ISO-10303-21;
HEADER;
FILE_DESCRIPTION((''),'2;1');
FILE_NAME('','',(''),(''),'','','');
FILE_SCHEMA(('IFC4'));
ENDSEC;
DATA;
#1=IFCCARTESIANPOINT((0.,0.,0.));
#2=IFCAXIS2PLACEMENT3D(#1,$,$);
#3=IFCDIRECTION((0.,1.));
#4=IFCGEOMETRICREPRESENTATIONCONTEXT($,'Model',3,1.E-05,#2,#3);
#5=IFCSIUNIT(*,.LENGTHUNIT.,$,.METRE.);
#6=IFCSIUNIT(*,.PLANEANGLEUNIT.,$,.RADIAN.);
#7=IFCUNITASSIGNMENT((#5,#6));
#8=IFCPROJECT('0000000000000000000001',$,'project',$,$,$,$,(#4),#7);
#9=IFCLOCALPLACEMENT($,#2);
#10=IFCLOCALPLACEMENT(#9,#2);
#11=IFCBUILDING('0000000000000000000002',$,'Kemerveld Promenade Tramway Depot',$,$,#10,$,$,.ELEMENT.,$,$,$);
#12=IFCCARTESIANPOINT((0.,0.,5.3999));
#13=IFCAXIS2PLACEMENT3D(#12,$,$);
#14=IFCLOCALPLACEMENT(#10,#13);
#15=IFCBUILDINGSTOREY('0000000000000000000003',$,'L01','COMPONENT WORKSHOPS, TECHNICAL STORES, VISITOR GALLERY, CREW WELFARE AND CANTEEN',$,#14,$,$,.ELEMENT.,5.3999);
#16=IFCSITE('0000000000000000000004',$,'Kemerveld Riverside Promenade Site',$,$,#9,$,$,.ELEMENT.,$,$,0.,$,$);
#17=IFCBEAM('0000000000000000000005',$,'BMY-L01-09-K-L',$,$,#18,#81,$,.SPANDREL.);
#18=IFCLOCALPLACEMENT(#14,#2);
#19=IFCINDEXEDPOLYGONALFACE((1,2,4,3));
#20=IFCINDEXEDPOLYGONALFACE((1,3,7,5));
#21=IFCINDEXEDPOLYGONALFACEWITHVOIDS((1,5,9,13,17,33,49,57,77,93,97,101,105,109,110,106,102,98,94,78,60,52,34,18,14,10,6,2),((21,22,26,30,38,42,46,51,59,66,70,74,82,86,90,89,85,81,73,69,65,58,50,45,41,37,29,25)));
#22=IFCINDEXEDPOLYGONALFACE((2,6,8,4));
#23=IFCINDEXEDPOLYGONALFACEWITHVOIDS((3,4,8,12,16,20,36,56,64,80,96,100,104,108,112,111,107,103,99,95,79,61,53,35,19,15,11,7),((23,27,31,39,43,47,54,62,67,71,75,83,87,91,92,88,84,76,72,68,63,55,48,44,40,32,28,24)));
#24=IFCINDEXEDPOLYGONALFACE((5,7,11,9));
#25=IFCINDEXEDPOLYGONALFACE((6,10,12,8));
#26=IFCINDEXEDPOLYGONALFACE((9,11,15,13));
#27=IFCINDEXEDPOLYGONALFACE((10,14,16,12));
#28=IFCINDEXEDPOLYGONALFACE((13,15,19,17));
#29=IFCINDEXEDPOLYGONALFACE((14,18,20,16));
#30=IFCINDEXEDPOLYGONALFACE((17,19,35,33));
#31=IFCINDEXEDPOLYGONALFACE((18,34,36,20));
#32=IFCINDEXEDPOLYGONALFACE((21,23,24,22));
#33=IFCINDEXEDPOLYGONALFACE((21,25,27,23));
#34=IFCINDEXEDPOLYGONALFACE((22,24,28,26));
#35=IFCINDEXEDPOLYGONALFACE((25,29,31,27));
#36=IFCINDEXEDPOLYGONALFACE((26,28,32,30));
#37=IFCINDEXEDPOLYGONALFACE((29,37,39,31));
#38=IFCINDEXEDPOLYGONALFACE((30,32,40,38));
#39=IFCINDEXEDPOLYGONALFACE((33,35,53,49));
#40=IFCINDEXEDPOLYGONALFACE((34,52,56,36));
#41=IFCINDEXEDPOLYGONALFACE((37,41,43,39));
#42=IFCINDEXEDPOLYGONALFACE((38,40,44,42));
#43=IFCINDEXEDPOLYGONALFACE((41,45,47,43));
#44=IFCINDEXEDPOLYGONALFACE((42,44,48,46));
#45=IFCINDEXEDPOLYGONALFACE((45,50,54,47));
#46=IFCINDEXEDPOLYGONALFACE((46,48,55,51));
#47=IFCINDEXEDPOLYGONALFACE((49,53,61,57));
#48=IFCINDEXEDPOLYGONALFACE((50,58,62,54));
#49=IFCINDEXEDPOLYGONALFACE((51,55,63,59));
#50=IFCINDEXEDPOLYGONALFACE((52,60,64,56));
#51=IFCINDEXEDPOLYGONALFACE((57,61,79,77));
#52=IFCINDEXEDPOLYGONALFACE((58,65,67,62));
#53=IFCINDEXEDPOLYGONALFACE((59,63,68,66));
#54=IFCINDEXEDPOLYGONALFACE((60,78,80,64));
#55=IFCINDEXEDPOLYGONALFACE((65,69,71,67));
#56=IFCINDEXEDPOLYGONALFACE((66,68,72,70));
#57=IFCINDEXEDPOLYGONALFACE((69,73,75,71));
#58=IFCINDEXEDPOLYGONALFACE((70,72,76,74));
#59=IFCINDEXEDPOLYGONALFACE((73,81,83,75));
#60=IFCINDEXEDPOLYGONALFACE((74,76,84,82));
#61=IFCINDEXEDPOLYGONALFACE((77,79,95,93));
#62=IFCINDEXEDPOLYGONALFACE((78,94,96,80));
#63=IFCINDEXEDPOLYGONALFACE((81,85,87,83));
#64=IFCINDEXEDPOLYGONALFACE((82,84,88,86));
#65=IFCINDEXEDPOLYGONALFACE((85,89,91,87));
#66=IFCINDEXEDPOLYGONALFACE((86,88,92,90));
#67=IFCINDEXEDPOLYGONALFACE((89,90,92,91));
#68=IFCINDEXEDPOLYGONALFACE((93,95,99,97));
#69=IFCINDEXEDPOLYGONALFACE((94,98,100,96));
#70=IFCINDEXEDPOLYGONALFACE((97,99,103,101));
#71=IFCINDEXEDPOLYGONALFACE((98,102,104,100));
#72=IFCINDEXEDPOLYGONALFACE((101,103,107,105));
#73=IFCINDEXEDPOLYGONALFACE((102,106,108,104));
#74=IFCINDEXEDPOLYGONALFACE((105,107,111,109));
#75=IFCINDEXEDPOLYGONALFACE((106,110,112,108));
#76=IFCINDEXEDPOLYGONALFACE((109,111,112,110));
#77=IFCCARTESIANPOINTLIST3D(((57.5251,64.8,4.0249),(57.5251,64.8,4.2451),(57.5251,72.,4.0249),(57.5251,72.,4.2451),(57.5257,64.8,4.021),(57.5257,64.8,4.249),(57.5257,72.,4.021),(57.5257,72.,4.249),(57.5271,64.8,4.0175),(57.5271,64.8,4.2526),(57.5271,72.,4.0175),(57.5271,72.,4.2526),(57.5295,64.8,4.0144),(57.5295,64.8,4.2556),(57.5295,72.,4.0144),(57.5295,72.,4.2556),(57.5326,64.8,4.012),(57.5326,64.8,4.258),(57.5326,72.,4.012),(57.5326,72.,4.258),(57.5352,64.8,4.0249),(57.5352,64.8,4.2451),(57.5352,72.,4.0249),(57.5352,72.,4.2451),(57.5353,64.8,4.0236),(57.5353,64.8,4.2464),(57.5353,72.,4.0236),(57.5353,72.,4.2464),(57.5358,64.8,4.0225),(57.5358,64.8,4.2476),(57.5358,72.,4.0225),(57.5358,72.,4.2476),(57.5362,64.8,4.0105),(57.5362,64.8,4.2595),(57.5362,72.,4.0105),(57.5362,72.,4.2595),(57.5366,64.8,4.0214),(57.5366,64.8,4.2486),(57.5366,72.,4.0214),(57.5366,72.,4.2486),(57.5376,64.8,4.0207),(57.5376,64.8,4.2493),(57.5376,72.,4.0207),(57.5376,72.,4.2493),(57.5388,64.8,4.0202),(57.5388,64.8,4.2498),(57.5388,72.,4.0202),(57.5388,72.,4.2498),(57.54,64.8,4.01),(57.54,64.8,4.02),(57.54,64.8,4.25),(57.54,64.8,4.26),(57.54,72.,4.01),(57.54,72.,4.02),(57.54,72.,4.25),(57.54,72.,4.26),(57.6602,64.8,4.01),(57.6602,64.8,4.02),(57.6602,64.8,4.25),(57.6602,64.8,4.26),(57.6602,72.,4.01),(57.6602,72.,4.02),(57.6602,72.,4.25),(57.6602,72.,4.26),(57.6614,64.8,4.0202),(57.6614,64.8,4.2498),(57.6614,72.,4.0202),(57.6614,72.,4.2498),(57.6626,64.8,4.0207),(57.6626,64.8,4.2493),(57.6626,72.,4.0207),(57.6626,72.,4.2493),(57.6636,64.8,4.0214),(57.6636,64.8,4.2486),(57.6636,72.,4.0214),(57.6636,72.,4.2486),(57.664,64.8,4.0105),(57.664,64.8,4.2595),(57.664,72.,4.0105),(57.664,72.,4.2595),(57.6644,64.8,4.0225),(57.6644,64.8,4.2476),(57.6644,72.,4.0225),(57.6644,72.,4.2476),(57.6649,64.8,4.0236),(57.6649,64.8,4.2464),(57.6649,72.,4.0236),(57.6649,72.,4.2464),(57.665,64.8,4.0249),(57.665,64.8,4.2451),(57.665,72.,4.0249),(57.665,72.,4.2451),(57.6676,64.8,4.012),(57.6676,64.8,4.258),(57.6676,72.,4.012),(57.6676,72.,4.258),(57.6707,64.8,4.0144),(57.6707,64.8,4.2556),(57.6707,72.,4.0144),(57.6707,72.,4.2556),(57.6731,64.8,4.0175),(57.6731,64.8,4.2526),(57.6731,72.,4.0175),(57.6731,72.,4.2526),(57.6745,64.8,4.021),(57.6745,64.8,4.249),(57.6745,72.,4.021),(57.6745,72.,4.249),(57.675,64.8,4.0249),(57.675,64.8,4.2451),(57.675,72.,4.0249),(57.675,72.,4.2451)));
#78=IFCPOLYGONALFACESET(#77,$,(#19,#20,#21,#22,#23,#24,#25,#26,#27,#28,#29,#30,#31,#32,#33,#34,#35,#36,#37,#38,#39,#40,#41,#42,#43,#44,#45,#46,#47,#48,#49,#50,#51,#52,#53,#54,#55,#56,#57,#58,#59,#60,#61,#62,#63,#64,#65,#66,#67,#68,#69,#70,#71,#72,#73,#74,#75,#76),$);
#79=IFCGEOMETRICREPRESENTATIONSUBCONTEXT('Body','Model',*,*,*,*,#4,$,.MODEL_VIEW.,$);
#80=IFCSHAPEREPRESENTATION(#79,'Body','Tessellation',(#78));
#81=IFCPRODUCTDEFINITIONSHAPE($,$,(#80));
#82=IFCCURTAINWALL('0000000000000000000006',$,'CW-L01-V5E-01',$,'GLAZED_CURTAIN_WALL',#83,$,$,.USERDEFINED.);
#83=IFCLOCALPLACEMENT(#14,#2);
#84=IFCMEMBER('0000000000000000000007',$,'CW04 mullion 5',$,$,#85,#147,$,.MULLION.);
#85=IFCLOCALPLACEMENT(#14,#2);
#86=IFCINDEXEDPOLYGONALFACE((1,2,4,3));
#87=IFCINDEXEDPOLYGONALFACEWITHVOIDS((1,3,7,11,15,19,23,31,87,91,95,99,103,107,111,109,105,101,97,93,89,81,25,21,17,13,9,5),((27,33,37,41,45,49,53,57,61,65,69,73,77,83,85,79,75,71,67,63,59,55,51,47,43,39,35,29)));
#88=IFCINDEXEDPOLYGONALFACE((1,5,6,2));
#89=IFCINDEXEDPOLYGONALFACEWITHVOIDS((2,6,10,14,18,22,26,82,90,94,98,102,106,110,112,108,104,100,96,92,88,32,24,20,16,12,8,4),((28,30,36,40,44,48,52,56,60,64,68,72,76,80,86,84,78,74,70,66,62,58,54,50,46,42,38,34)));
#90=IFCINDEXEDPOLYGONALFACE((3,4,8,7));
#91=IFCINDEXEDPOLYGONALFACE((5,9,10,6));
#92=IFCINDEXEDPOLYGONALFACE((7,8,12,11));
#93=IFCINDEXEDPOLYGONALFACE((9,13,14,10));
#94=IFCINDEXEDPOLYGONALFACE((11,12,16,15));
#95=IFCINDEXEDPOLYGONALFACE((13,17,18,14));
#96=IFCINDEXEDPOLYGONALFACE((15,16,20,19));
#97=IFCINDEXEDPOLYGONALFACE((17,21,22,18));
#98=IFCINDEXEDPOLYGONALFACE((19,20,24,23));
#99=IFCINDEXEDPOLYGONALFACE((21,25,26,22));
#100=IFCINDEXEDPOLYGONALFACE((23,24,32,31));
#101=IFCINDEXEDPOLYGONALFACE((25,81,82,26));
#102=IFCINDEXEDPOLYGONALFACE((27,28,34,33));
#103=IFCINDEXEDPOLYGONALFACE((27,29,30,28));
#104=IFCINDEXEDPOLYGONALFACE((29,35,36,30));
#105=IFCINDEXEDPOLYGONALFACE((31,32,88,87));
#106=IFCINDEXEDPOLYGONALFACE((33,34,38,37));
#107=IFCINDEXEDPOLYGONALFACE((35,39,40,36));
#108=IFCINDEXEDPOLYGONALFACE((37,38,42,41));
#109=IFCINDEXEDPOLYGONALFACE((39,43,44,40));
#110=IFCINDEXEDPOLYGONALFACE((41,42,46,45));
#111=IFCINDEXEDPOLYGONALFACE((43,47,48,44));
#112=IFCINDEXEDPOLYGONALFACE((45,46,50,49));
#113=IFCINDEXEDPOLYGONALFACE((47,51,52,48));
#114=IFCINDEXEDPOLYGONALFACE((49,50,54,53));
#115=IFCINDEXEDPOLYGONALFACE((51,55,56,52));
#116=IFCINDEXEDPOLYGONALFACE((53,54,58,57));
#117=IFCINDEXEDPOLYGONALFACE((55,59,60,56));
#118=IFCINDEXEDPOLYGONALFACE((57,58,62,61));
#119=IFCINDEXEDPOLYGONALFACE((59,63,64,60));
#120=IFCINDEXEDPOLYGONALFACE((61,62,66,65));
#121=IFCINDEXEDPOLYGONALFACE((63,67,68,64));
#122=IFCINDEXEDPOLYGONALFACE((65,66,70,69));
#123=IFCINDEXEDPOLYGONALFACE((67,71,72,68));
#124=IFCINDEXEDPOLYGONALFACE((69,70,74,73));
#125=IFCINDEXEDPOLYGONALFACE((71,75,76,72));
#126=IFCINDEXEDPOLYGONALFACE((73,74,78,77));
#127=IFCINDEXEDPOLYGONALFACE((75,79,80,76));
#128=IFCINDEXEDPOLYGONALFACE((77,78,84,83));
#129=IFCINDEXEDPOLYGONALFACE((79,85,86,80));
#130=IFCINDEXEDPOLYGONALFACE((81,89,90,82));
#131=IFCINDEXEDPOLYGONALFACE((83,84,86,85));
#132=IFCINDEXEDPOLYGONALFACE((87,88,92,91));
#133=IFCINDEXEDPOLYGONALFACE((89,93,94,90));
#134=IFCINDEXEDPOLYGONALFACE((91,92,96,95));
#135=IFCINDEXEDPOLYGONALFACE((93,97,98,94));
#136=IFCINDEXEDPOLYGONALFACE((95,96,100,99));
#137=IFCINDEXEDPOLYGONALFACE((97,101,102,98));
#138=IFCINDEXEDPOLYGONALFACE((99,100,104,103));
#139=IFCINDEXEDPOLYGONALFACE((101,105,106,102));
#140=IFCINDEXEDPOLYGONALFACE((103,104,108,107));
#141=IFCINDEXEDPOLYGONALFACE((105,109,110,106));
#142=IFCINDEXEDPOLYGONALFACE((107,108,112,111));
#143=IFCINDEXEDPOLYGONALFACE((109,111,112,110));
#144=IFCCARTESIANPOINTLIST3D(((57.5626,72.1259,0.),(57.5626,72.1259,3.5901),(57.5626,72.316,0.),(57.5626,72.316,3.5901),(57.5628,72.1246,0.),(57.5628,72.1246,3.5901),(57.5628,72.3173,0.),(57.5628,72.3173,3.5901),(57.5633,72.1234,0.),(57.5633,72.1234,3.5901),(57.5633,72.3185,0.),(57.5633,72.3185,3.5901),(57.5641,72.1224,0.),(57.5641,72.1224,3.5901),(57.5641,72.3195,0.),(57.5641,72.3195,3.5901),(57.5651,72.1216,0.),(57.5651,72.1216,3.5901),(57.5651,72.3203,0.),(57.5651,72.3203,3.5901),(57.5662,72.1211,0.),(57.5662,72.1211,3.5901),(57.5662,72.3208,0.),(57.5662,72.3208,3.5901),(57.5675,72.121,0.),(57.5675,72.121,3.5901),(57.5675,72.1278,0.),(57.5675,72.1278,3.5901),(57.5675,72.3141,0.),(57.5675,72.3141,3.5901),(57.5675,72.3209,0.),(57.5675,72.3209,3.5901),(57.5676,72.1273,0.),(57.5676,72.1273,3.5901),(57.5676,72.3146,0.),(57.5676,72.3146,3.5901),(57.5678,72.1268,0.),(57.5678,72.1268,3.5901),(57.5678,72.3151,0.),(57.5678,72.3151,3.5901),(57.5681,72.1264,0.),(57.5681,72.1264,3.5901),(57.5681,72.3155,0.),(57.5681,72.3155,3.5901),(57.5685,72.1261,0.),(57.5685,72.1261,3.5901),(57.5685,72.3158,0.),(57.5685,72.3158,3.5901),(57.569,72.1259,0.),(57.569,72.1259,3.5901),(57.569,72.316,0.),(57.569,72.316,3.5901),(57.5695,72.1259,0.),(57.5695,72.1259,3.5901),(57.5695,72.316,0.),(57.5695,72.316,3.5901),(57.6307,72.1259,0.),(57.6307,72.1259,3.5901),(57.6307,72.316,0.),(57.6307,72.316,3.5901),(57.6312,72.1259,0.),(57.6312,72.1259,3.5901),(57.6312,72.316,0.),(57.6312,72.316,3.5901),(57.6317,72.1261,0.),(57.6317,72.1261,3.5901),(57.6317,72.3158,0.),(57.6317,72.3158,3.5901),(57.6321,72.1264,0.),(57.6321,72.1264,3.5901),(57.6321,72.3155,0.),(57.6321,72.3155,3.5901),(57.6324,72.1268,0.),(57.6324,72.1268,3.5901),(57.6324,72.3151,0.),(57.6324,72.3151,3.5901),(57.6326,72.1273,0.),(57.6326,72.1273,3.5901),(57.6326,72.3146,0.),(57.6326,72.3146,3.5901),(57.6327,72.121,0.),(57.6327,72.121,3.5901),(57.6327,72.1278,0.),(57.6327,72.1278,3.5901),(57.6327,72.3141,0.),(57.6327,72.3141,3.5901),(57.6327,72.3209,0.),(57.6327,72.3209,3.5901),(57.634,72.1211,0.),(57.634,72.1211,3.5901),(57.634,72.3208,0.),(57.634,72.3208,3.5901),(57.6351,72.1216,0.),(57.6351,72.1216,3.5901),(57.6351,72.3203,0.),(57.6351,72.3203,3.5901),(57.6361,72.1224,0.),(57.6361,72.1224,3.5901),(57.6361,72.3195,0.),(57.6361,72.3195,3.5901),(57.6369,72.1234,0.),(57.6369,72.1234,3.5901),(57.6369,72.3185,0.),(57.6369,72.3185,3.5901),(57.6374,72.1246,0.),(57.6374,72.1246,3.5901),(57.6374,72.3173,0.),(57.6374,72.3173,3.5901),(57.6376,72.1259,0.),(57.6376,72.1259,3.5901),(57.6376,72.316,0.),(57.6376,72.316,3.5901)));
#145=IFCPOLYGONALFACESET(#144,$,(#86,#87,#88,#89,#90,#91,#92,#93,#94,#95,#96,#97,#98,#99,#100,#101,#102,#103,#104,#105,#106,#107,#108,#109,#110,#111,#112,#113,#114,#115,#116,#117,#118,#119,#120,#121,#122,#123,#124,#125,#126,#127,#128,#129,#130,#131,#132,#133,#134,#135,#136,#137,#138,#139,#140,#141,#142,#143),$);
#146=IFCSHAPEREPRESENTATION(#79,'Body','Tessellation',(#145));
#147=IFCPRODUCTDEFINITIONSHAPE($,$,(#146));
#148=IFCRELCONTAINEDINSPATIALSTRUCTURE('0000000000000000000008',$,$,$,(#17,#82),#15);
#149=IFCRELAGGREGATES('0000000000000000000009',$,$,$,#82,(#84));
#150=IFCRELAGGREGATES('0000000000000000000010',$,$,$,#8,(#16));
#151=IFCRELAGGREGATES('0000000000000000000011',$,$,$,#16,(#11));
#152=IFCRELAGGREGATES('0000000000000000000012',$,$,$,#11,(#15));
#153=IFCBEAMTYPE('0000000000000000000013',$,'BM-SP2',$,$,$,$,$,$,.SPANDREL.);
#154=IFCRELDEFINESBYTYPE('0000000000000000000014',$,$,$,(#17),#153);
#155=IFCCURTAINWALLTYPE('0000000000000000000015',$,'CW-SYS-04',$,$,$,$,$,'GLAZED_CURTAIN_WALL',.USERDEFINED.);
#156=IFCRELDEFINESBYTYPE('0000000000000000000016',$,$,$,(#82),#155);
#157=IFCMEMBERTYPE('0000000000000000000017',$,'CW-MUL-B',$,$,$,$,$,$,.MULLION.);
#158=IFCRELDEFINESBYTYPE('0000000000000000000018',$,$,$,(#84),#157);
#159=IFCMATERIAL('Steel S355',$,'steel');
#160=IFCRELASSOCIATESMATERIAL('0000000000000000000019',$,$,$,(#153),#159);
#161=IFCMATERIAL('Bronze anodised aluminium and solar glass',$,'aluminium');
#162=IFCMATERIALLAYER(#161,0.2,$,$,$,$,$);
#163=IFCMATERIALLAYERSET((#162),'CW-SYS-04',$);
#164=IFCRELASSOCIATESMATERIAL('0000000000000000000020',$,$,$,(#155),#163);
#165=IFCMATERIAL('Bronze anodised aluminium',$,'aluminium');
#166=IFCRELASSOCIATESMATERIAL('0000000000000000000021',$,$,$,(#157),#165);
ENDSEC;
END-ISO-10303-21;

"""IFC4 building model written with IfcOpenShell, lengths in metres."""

from ifc_helpers import new_model, si_unit, direction, frame, origin, origin_2d, place, context, subcontext, project, spatial, hollow_rectangle, extrude, material, layer, layer_set, material_profile, profile_set, type_object, element, aggregate, save


model = new_model("IFC4")

# Units and contexts
model_context = context("Model", 3, precision=1e-05, world=origin(), true_north=direction((0.0, 1.0)))
body_context = subcontext(model_context, "Body", "Model", "MODEL_VIEW")
ifc_project = project(units=[si_unit("LENGTHUNIT", "METRE"), si_unit("PLANEANGLEUNIT", "RADIAN")], contexts=[model_context])

# Site, building, storey
site_placement = place(None, origin())
site = spatial("IfcSite", under=ifc_project, at=site_placement, Name="Kemerveld Riverside Promenade Site", CompositionType="ELEMENT", RefElevation=0.0)
building_placement = place(site_placement, origin())
building = spatial("IfcBuilding", under=site, at=building_placement, Name="Kemerveld Promenade Tramway Depot", CompositionType="ELEMENT")
storey_placement = place(building_placement, frame((0.0, 0.0, 5.3999)))
storey = spatial("IfcBuildingStorey", under=building, at=storey_placement, Name="L01", Description="COMPONENT WORKSHOPS, TECHNICAL STORES, VISITOR GALLERY, CREW WELFARE AND CANTEEN", CompositionType="ELEMENT", Elevation=5.3999)

# Shared definitions
ifc_material_1 = material(Name="Steel S355", Category="steel")

# Beam
ifc_material_profile_1 = material_profile(ifc_material_1, hollow_rectangle(XDim=0.1499, YDim=0.25, WallThickness=0.01, InnerFilletRadius=0.0049, OuterFilletRadius=0.0149, at=origin_2d()), Name="250x150x10.0 RHS")
ifc_profile_set_1 = profile_set([ifc_material_profile_1], Name="Steel S355")
beam_type_1 = type_object("IfcBeamType", Name="BM-SP2", PredefinedType="SPANDREL", material=ifc_profile_set_1)
beam_1_placement = place(storey_placement, frame((57.6001, 64.8, 4.135), z_axis=(0.0, 1.0, 0.0), x_axis=(-1.0, 0.0, 0.0)))
element("IfcBeam", 1, at=beam_1_placement, inside=storey, type_object=beam_type_1, Name="BMY-L01-09-K-L", PredefinedType="SPANDREL", context=body_context, shape_type="SweptSolid", body=[
    extrude(hollow_rectangle(XDim=0.1499, YDim=0.25, WallThickness=0.01, InnerFilletRadius=0.0049, OuterFilletRadius=0.0149, at=origin_2d()), origin(), (0.0, 0.0, 1.0), 7.2),
])

# Curtain wall, member
ifc_material_2 = material(Name="Bronze anodised aluminium and solar glass", Category="aluminium")
ifc_layer_1 = layer(ifc_material_2, 0.2)
ifc_layer_set_1 = layer_set([ifc_layer_1], Name="CW-SYS-04")
curtain_wall_type_1 = type_object("IfcCurtainWallType", Name="CW-SYS-04", ElementType="GLAZED_CURTAIN_WALL", PredefinedType="USERDEFINED", material=ifc_layer_set_1)
curtain_wall_1_placement = place(storey_placement, origin())
curtain_wall_1 = element("IfcCurtainWall", 2, at=curtain_wall_1_placement, inside=storey, type_object=curtain_wall_type_1, Name="CW-L01-V5E-01", ObjectType="GLAZED_CURTAIN_WALL", PredefinedType="USERDEFINED")
ifc_material_3 = material(Name="Bronze anodised aluminium", Category="aluminium")
ifc_material_profile_2 = material_profile(ifc_material_3, hollow_rectangle(XDim=0.075, YDim=0.2, WallThickness=0.0049, InnerFilletRadius=0.002, OuterFilletRadius=0.0049, at=origin_2d()), Name="CW-MUL-200x75")
ifc_profile_set_2 = profile_set([ifc_material_profile_2], Name="Bronze anodised aluminium")
member_type_1 = type_object("IfcMemberType", Name="CW-MUL-B", PredefinedType="MULLION", material=ifc_profile_set_2)
member_1_placement = place(storey_placement, frame((57.6001, 72.2209, 0.0), z_axis=(0.0, 0.0, 1.0), x_axis=(1.0, 0.0, 0.0)))
member_1 = element("IfcMember", 3, at=member_1_placement, type_object=member_type_1, Name="CW04 mullion 5", PredefinedType="MULLION", context=body_context, shape_type="SweptSolid", body=[
    extrude(hollow_rectangle(XDim=0.075, YDim=0.2, WallThickness=0.0049, InnerFilletRadius=0.002, OuterFilletRadius=0.0049, at=origin_2d()), origin(), (0.0, 0.0, 1.0), 3.5901),
])

aggregate(curtain_wall_1, [member_1])

save(model, "model.ifc")
